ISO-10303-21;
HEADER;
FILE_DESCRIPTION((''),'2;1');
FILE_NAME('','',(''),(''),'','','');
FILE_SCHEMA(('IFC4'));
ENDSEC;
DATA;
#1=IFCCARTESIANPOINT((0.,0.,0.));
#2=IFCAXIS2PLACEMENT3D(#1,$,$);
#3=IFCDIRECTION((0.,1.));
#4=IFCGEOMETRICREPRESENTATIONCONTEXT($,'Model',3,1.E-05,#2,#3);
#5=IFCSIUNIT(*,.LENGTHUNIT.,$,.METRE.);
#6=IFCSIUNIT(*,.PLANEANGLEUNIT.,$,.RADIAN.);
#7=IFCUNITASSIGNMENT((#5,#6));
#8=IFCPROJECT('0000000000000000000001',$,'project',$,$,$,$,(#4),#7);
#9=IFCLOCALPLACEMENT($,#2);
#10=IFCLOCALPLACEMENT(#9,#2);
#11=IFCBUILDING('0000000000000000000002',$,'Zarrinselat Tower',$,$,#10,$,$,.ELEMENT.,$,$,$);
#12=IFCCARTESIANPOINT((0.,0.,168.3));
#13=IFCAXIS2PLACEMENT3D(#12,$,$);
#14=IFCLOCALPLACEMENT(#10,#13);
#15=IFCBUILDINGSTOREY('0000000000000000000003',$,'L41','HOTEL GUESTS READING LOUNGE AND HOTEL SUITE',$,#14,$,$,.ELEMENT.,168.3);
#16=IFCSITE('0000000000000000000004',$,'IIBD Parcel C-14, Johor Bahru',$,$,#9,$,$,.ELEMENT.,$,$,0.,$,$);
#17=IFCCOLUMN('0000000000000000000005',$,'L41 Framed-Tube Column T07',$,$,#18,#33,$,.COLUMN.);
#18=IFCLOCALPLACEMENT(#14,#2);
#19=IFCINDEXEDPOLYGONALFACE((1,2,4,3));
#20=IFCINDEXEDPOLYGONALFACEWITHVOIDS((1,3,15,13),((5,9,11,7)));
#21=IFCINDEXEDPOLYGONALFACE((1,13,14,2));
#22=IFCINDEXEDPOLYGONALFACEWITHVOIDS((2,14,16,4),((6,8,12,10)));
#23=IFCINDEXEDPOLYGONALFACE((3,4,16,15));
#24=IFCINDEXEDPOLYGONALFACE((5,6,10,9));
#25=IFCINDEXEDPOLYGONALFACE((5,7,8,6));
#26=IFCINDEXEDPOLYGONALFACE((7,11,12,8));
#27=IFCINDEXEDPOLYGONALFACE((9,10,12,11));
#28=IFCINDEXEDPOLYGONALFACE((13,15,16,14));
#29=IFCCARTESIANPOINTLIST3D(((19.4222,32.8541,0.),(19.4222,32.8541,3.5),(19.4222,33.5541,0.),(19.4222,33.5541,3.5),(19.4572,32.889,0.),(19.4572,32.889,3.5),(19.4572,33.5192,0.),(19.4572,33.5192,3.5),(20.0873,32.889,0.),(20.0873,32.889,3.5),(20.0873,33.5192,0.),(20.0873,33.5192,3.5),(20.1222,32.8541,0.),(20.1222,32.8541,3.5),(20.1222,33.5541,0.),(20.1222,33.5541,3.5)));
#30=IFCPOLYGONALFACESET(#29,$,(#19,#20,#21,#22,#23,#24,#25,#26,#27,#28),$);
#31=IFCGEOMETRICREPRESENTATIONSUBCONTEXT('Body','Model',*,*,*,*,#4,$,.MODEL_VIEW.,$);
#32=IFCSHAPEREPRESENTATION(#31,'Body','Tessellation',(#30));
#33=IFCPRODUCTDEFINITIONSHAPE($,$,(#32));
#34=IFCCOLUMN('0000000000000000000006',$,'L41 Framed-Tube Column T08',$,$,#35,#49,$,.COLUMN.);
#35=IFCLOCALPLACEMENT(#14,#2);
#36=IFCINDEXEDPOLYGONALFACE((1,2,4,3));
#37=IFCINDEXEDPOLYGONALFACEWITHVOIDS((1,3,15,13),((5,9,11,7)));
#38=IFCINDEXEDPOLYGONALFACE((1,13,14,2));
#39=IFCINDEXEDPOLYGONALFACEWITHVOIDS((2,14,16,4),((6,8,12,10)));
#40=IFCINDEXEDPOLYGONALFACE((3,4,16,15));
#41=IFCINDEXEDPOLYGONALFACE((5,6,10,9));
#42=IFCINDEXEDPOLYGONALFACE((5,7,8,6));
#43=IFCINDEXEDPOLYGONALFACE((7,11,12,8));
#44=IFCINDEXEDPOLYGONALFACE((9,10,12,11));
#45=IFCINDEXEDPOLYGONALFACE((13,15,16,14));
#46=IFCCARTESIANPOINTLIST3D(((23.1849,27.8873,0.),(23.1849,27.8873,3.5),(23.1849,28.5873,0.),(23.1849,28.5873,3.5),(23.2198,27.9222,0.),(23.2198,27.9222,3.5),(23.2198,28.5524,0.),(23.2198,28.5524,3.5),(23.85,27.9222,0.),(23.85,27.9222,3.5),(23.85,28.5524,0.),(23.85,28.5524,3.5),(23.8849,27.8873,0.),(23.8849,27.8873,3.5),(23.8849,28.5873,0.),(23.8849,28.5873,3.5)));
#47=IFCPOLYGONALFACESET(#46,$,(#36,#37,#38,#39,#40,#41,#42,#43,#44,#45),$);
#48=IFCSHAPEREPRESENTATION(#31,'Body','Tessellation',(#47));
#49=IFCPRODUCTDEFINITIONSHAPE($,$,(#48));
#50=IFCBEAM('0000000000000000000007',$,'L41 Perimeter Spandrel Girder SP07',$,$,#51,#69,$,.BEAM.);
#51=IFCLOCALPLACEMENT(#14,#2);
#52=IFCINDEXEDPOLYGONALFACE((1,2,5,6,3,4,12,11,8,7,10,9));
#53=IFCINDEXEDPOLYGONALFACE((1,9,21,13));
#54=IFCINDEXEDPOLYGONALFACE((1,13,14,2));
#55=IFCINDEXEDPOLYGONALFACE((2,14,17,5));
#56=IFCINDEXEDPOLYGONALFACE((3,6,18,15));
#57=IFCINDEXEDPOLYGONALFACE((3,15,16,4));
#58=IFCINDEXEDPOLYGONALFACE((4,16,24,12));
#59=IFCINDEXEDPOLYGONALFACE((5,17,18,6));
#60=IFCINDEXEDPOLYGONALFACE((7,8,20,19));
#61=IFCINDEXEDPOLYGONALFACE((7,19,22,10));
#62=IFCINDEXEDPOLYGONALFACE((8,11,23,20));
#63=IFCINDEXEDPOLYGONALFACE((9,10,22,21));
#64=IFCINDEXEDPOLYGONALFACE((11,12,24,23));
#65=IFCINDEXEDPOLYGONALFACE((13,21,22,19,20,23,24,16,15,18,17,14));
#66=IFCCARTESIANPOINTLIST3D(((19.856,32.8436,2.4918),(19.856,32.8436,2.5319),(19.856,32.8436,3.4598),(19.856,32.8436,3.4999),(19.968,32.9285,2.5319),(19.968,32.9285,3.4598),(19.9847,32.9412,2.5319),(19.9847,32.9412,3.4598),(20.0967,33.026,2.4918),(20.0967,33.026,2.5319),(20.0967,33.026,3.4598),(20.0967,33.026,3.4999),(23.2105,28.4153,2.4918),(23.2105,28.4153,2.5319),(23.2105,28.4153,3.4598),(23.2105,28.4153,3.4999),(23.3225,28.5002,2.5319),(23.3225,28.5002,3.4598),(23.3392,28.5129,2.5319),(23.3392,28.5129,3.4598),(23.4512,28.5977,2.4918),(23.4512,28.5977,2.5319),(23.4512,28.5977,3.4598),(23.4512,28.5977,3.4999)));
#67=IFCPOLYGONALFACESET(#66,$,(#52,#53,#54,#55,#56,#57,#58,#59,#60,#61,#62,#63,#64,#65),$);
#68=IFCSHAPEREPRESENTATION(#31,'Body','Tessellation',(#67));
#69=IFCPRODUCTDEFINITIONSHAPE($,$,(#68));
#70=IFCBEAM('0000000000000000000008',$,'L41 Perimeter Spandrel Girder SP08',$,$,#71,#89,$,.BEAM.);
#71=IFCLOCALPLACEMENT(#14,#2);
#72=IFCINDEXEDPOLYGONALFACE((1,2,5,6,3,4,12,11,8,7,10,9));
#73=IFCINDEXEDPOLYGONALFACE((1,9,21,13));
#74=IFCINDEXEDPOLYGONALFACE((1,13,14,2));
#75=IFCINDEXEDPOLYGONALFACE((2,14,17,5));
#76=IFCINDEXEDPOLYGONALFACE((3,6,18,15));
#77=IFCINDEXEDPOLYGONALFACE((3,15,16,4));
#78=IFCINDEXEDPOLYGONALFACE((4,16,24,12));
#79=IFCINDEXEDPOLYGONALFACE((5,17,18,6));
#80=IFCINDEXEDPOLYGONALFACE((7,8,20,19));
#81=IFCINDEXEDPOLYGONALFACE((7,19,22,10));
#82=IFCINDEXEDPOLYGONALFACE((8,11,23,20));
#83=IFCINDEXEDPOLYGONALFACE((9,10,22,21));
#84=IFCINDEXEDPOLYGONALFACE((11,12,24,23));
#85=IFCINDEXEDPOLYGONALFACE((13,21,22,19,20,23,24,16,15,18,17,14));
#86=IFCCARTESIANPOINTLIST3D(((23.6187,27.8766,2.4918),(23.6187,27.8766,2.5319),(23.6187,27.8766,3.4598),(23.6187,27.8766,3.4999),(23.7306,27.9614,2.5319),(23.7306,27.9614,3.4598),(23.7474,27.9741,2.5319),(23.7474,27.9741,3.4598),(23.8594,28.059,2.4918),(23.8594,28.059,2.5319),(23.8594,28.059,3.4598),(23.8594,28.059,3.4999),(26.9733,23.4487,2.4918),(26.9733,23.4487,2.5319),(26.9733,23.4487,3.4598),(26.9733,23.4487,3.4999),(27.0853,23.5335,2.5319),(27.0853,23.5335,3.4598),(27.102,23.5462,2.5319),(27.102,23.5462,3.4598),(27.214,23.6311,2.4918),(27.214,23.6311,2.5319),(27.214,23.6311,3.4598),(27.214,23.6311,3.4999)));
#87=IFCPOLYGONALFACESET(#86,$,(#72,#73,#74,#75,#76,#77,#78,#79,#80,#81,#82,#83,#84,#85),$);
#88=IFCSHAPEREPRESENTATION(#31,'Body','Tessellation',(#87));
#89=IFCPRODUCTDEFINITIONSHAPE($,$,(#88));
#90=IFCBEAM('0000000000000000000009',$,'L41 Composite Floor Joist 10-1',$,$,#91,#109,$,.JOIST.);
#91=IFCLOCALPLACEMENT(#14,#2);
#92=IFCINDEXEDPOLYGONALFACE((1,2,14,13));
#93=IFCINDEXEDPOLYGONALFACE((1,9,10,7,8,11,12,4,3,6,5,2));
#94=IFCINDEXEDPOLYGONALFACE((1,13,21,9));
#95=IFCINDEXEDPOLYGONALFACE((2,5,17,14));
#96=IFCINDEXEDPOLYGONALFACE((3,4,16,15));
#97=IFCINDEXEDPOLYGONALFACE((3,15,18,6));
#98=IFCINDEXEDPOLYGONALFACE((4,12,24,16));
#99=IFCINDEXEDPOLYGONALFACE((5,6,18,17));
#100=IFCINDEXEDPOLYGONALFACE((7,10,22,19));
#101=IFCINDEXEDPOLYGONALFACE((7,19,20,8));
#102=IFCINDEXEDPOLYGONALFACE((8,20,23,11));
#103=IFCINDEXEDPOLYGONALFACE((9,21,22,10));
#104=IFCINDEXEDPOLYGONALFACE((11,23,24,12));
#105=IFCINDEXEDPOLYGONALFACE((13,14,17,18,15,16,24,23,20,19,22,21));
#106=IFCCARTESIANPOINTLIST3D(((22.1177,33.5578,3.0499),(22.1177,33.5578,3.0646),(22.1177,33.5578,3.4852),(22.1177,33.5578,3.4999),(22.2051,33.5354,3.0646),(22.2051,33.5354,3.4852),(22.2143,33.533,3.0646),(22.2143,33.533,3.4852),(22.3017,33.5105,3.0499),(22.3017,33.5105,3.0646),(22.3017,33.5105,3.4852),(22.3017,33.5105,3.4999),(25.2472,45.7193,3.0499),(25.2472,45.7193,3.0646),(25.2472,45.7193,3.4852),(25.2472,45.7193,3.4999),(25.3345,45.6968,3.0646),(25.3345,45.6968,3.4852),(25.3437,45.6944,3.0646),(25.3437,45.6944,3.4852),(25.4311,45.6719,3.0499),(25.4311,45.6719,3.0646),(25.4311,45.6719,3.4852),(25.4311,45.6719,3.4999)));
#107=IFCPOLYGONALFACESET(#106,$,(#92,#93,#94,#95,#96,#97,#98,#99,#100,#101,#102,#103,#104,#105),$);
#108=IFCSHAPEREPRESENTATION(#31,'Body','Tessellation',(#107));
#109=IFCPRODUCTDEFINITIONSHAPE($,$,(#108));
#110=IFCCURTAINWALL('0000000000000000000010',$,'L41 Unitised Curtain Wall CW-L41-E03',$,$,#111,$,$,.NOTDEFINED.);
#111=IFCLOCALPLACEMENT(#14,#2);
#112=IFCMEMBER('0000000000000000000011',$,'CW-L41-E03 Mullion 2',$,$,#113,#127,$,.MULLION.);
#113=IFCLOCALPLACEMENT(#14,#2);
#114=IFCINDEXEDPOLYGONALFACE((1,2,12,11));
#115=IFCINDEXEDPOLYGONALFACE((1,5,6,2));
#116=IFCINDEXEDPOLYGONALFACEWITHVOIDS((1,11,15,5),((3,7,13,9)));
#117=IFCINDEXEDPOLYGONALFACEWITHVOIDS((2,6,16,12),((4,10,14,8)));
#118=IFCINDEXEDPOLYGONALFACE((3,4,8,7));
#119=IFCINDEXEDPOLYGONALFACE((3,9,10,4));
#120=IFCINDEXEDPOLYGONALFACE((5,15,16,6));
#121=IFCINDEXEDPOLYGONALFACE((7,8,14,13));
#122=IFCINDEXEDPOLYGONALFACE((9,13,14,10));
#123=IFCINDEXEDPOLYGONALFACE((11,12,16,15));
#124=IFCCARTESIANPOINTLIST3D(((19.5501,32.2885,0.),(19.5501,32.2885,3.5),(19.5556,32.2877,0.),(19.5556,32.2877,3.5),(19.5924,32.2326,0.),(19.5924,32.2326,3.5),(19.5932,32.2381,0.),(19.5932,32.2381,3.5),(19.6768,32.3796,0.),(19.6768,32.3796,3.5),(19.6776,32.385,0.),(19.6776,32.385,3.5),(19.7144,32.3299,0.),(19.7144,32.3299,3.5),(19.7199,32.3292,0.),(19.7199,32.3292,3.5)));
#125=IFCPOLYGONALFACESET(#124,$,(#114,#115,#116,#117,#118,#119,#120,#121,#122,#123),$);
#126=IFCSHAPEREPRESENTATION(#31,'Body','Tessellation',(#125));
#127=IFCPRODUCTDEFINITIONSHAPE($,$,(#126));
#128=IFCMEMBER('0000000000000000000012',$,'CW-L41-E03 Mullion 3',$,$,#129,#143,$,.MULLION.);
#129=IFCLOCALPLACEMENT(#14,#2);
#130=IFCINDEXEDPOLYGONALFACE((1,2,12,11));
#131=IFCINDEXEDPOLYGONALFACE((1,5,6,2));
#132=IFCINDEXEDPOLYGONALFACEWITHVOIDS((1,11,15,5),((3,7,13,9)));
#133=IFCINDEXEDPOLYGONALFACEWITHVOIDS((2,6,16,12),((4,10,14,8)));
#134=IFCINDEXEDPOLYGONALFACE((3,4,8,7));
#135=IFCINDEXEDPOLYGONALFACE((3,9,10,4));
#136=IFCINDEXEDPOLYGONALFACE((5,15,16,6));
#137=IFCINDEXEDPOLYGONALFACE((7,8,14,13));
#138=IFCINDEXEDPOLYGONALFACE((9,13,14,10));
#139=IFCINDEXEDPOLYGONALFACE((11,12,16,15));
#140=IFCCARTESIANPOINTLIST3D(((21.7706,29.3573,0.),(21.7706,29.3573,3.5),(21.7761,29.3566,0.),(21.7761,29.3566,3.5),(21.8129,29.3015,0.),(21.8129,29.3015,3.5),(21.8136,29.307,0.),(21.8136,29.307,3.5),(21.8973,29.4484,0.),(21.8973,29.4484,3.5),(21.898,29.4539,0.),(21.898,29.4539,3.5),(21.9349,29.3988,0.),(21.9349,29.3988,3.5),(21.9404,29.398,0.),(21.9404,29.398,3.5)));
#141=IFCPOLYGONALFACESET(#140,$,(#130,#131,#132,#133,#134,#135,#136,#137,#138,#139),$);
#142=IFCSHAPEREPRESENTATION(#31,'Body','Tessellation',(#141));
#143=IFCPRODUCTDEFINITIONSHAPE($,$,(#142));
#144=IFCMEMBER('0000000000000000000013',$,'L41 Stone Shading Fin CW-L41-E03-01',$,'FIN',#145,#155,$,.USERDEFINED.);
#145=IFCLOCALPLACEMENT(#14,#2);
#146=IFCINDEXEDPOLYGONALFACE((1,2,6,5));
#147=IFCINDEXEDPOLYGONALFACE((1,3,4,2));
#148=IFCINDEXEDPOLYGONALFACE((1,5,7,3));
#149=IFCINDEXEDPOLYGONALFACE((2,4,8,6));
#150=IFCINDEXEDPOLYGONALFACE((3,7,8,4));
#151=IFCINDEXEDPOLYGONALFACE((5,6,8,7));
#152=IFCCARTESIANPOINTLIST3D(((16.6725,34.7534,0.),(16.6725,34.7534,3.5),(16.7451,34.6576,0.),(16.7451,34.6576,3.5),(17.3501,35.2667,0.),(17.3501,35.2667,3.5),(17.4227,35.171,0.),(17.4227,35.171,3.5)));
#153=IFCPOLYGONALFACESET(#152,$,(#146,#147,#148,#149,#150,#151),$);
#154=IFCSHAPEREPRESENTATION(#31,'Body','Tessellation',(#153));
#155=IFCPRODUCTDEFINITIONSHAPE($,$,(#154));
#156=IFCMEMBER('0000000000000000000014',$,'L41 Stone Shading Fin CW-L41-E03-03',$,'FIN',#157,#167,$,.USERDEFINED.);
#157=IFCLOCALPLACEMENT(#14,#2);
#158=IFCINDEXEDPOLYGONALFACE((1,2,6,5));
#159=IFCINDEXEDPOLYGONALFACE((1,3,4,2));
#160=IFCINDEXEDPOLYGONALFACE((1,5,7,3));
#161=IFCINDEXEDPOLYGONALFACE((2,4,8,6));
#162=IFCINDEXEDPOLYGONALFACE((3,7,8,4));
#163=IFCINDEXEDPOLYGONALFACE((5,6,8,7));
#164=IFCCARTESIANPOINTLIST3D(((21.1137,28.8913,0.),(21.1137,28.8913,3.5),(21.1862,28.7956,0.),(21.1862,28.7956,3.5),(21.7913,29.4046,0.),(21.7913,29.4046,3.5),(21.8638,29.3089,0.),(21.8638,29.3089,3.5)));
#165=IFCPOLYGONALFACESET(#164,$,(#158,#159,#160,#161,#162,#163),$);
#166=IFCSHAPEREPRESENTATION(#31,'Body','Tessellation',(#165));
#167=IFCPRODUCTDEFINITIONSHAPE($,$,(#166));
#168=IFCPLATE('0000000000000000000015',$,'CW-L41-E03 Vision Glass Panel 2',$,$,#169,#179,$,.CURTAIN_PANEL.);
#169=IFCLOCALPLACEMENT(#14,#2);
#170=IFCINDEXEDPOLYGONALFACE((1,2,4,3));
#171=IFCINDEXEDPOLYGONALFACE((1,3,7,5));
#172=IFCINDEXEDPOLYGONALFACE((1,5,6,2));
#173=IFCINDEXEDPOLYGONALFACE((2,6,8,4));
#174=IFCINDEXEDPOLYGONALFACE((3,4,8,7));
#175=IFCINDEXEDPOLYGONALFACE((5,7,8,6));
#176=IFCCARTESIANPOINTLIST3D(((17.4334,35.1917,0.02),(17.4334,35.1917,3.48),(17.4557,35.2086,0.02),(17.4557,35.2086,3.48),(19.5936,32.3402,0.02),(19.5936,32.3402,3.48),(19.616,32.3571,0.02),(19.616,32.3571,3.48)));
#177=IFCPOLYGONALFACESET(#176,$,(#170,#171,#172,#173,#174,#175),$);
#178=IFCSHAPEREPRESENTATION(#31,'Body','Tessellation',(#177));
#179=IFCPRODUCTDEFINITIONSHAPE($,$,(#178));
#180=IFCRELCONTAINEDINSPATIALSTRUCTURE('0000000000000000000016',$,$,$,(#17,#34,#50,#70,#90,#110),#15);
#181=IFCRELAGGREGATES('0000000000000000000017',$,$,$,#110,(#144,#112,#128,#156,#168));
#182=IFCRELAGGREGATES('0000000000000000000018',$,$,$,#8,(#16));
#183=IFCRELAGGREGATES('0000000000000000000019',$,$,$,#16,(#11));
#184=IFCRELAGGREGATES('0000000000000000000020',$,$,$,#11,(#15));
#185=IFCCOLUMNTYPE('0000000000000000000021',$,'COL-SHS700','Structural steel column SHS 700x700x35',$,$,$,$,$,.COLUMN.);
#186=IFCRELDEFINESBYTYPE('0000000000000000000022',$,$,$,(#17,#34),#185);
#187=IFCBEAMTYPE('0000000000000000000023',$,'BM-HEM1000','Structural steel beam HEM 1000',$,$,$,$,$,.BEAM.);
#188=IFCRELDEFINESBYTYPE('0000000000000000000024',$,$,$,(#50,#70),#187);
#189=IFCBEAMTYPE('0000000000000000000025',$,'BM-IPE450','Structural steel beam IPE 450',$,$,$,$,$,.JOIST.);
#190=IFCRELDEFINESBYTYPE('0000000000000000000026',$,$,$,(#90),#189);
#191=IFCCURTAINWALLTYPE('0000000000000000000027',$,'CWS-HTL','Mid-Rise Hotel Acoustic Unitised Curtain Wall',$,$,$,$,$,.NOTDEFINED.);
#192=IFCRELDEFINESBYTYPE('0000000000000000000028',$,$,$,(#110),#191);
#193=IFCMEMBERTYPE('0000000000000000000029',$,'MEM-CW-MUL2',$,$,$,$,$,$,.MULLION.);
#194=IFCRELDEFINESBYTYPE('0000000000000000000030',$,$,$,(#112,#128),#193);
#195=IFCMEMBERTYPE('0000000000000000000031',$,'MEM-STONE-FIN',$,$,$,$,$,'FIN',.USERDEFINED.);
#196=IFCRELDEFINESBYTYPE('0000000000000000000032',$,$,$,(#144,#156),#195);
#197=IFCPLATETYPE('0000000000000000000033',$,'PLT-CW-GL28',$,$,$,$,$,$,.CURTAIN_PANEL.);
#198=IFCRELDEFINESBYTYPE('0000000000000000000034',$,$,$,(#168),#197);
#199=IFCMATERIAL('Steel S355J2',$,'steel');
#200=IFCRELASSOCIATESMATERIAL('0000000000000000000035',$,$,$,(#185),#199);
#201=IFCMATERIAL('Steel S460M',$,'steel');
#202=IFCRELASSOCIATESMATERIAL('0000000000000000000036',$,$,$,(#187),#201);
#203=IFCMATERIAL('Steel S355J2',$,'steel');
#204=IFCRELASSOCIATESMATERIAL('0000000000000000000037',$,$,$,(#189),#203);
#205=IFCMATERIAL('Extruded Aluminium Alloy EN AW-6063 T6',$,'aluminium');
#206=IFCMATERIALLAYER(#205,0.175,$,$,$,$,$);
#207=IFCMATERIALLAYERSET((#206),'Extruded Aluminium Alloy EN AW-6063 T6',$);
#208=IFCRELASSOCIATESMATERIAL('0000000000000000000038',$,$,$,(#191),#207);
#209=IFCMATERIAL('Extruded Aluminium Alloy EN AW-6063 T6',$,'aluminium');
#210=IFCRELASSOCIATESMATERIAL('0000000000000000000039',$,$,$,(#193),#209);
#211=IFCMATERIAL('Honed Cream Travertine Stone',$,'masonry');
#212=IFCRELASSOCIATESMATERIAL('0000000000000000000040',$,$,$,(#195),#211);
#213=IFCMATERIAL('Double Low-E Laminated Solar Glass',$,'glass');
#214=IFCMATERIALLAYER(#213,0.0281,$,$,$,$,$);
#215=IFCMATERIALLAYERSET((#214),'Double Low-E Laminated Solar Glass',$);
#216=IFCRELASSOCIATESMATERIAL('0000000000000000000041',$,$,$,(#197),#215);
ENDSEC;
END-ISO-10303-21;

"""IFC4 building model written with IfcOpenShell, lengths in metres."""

from ifc_helpers import new_model, si_unit, direction, frame, origin, origin_2d, place, context, subcontext, project, spatial, rectangle, hollow_rectangle, i_section, extrude, material, layer, layer_set, material_profile, profile_set, type_object, element, aggregate, save


model = new_model("IFC4")

# Units and contexts
model_context = context("Model", 3, precision=1e-05, world=origin(), true_north=direction((0.0, 1.0)))
body_context = subcontext(model_context, "Body", "Model", "MODEL_VIEW")
ifc_project = project(units=[si_unit("LENGTHUNIT", "METRE"), si_unit("PLANEANGLEUNIT", "RADIAN")], contexts=[model_context])

# Site, building, storey
site_placement = place(None, origin())
site = spatial("IfcSite", under=ifc_project, at=site_placement, Name="IIBD Parcel C-14, Johor Bahru", CompositionType="ELEMENT", RefElevation=0.0)
building_placement = place(site_placement, origin())
building = spatial("IfcBuilding", under=site, at=building_placement, Name="Zarrinselat Tower", CompositionType="ELEMENT")
storey_placement = place(building_placement, frame((0.0, 0.0, 168.3)))
storey = spatial("IfcBuildingStorey", under=building, at=storey_placement, Name="L41", Description="HOTEL GUESTS READING LOUNGE AND HOTEL SUITE", CompositionType="ELEMENT", Elevation=168.3)

# Columns
ifc_material_1 = material(Name="Steel S355J2", Category="steel")
ifc_material_profile_1 = material_profile(ifc_material_1, hollow_rectangle(XDim=0.7, YDim=0.7, WallThickness=0.0349, at=origin_2d()), Name="SHS 700x700x35")
ifc_profile_set_1 = profile_set([ifc_material_profile_1], Name="Steel S355J2")
column_type = type_object("IfcColumnType", Name="COL-SHS700", Description="Structural steel column SHS 700x700x35", PredefinedType="COLUMN", material=ifc_profile_set_1)
for number, where, z_axis, x_axis, name in (
    (1, (19.7722, 33.2041, 0.0), (0.0, 0.0, 1.0), (1.0, 0.0, 0.0), "L41 Framed-Tube Column T07"),
    (2, (23.5349, 28.2373, 0.0), (0.0, 0.0, 1.0), (1.0, 0.0, 0.0), "L41 Framed-Tube Column T08"),
):
    element("IfcColumn", number, at=place(storey_placement, frame(where, z_axis=z_axis, x_axis=x_axis)), inside=storey, type_object=column_type, Name=name, PredefinedType="COLUMN", context=body_context, shape_type="SweptSolid", body=[
        extrude(hollow_rectangle(XDim=0.7, YDim=0.7, WallThickness=0.0349, at=origin_2d()), origin(), (0.0, 0.0, 1.0), 3.5),
    ])

# Beams
ifc_material_2 = material(Name="Steel S460M", Category="steel")
ifc_material_profile_2 = material_profile(ifc_material_2, i_section(OverallWidth=0.302, OverallDepth=1.0081, WebThickness=0.021, FlangeThickness=0.04, at=origin_2d()), Name="HEM 1000")
ifc_profile_set_2 = profile_set([ifc_material_profile_2], Name="Steel S460M")
beam_type_1 = type_object("IfcBeamType", Name="BM-HEM1000", Description="Structural steel beam HEM 1000", PredefinedType="BEAM", material=ifc_profile_set_2)
beam_1_placement = place(storey_placement, frame((19.9763, 32.9348, 2.9958), z_axis=(0.603832, -0.797111, 0.0), x_axis=(0.797111, 0.603832, 0.0)))
element("IfcBeam", 3, at=beam_1_placement, inside=storey, type_object=beam_type_1, Name="L41 Perimeter Spandrel Girder SP07", PredefinedType="BEAM", context=body_context, shape_type="SweptSolid", body=[
    extrude(i_section(OverallWidth=0.302, OverallDepth=1.0081, WebThickness=0.021, FlangeThickness=0.04, at=origin_2d()), origin(), (0.0, 0.0, 1.0), 5.5554),
])
beam_2_placement = place(storey_placement, frame((23.739, 27.9678, 2.9958), z_axis=(0.603881, -0.797074, 0.0), x_axis=(0.797074, 0.603881, 0.0)))
element("IfcBeam", 4, at=beam_2_placement, inside=storey, type_object=beam_type_1, Name="L41 Perimeter Spandrel Girder SP08", PredefinedType="BEAM", context=body_context, shape_type="SweptSolid", body=[
    extrude(i_section(OverallWidth=0.302, OverallDepth=1.0081, WebThickness=0.021, FlangeThickness=0.04, at=origin_2d()), origin(), (0.0, 0.0, 1.0), 5.5552),
])
ifc_material_3 = material(Name="Steel S355J2", Category="steel")
ifc_material_profile_3 = material_profile(ifc_material_3, i_section(OverallWidth=0.1899, OverallDepth=0.45, WebThickness=0.0095, FlangeThickness=0.0146, at=origin_2d()), Name="IPE 450")
ifc_profile_set_3 = profile_set([ifc_material_profile_3], Name="Steel S355J2")
beam_type_2 = type_object("IfcBeamType", Name="BM-IPE450", Description="Structural steel beam IPE 450", PredefinedType="JOIST", material=ifc_profile_set_3)
beam_3_placement = place(storey_placement, frame((22.2097, 33.5342, 3.2749), z_axis=(0.249204, 0.968451, 0.0), x_axis=(-0.968451, 0.249204, 0.0)))
element("IfcBeam", 5, at=beam_3_placement, inside=storey, type_object=beam_type_2, Name="L41 Composite Floor Joist 10-1", PredefinedType="JOIST", context=body_context, shape_type="SweptSolid", body=[
    extrude(i_section(OverallWidth=0.1899, OverallDepth=0.45, WebThickness=0.0095, FlangeThickness=0.0146, at=origin_2d()), origin(), (0.0, 0.0, 1.0), 12.5576),
])

# Curtain wall, members, plate
ifc_material_4 = material(Name="Extruded Aluminium Alloy EN AW-6063 T6", Category="aluminium")
ifc_layer_1 = layer(ifc_material_4, 0.175)
ifc_layer_set_1 = layer_set([ifc_layer_1], Name="Extruded Aluminium Alloy EN AW-6063 T6")
curtain_wall_type = type_object("IfcCurtainWallType", Name="CWS-HTL", Description="Mid-Rise Hotel Acoustic Unitised Curtain Wall", PredefinedType="NOTDEFINED", material=ifc_layer_set_1)
curtain_wall_placement = place(storey_placement, origin())
curtain_wall = element("IfcCurtainWall", 6, at=curtain_wall_placement, inside=storey, type_object=curtain_wall_type, Name="L41 Unitised Curtain Wall CW-L41-E03", PredefinedType="NOTDEFINED")
ifc_material_5 = material(Name="Extruded Aluminium Alloy EN AW-6063 T6", Category="aluminium")
ifc_material_profile_4 = material_profile(ifc_material_5, hollow_rectangle(XDim=0.0701, YDim=0.1599, WallThickness=0.0039, at=origin_2d()), Name="RHS 160x70x4")
ifc_profile_set_4 = profile_set([ifc_material_profile_4], Name="Extruded Aluminium Alloy EN AW-6063 T6")
member_type_1 = type_object("IfcMemberType", Name="MEM-CW-MUL2", PredefinedType="MULLION", material=ifc_profile_set_4)
member_1_placement = place(storey_placement, frame((19.635, 32.3088, 0.0), z_axis=(0.0, 0.0, 1.0), x_axis=(0.603858, -0.797092, 0.0)))
member_1 = element("IfcMember", 7, at=member_1_placement, type_object=member_type_1, Name="CW-L41-E03 Mullion 2", PredefinedType="MULLION", context=body_context, shape_type="SweptSolid", body=[
    extrude(hollow_rectangle(XDim=0.0701, YDim=0.1599, WallThickness=0.0039, at=origin_2d()), origin(), (0.0, 0.0, 1.0), 3.5),
])
member_2_placement = place(storey_placement, frame((21.8555, 29.3777, 0.0), z_axis=(0.0, 0.0, 1.0), x_axis=(0.603858, -0.797092, 0.0)))
member_2 = element("IfcMember", 8, at=member_2_placement, type_object=member_type_1, Name="CW-L41-E03 Mullion 3", PredefinedType="MULLION", context=body_context, shape_type="SweptSolid", body=[
    extrude(hollow_rectangle(XDim=0.0701, YDim=0.1599, WallThickness=0.0039, at=origin_2d()), origin(), (0.0, 0.0, 1.0), 3.5),
])
ifc_material_6 = material(Name="Honed Cream Travertine Stone", Category="masonry")
ifc_material_profile_5 = material_profile(ifc_material_6, rectangle(XDim=0.1201, YDim=0.8501, at=origin_2d()), Name="FIN 850x120")
ifc_profile_set_5 = profile_set([ifc_material_profile_5], Name="Honed Cream Travertine Stone")
member_type_2 = type_object("IfcMemberType", Name="MEM-STONE-FIN", ElementType="FIN", PredefinedType="USERDEFINED", material=ifc_profile_set_5)
member_3_placement = place(storey_placement, frame((17.0476, 34.9622, 0.0), z_axis=(0.0, 0.0, 1.0), x_axis=(-0.603858, 0.797092, 0.0)))
member_3 = element("IfcMember", 9, at=member_3_placement, type_object=member_type_2, Name="L41 Stone Shading Fin CW-L41-E03-01", ObjectType="FIN", PredefinedType="USERDEFINED", context=body_context, shape_type="SweptSolid", body=[
    extrude(rectangle(XDim=0.1201, YDim=0.8501, at=origin_2d()), origin(), (0.0, 0.0, 1.0), 3.5),
])
member_4_placement = place(storey_placement, frame((21.4888, 29.1001, 0.0), z_axis=(0.0, 0.0, 1.0), x_axis=(-0.603858, 0.797092, 0.0)))
member_4 = element("IfcMember", 10, at=member_4_placement, type_object=member_type_2, Name="L41 Stone Shading Fin CW-L41-E03-03", ObjectType="FIN", PredefinedType="USERDEFINED", context=body_context, shape_type="SweptSolid", body=[
    extrude(rectangle(XDim=0.1201, YDim=0.8501, at=origin_2d()), origin(), (0.0, 0.0, 1.0), 3.5),
])
ifc_material_7 = material(Name="Double Low-E Laminated Solar Glass", Category="glass")
ifc_layer_2 = layer(ifc_material_7, 0.0281)
ifc_layer_set_2 = layer_set([ifc_layer_2], Name="Double Low-E Laminated Solar Glass")
plate_type = type_object("IfcPlateType", Name="PLT-CW-GL28", PredefinedType="CURTAIN_PANEL", material=ifc_layer_set_2)
plate_1_placement = place(storey_placement, frame((18.5247, 33.7744, 0.02), z_axis=(0.0, 0.0, 1.0), x_axis=(0.603858, -0.797092, 0.0)))
plate_1 = element("IfcPlate", 11, at=plate_1_placement, type_object=plate_type, Name="CW-L41-E03 Vision Glass Panel 2", PredefinedType="CURTAIN_PANEL", context=body_context, shape_type="SweptSolid", body=[
    extrude(rectangle(XDim=3.5774, YDim=0.0281, at=origin_2d()), origin(), (0.0, 0.0, 1.0), 3.46),
])
aggregate(curtain_wall, [member_3, member_1, member_2, member_4, plate_1])

save(model, "model.ifc")
